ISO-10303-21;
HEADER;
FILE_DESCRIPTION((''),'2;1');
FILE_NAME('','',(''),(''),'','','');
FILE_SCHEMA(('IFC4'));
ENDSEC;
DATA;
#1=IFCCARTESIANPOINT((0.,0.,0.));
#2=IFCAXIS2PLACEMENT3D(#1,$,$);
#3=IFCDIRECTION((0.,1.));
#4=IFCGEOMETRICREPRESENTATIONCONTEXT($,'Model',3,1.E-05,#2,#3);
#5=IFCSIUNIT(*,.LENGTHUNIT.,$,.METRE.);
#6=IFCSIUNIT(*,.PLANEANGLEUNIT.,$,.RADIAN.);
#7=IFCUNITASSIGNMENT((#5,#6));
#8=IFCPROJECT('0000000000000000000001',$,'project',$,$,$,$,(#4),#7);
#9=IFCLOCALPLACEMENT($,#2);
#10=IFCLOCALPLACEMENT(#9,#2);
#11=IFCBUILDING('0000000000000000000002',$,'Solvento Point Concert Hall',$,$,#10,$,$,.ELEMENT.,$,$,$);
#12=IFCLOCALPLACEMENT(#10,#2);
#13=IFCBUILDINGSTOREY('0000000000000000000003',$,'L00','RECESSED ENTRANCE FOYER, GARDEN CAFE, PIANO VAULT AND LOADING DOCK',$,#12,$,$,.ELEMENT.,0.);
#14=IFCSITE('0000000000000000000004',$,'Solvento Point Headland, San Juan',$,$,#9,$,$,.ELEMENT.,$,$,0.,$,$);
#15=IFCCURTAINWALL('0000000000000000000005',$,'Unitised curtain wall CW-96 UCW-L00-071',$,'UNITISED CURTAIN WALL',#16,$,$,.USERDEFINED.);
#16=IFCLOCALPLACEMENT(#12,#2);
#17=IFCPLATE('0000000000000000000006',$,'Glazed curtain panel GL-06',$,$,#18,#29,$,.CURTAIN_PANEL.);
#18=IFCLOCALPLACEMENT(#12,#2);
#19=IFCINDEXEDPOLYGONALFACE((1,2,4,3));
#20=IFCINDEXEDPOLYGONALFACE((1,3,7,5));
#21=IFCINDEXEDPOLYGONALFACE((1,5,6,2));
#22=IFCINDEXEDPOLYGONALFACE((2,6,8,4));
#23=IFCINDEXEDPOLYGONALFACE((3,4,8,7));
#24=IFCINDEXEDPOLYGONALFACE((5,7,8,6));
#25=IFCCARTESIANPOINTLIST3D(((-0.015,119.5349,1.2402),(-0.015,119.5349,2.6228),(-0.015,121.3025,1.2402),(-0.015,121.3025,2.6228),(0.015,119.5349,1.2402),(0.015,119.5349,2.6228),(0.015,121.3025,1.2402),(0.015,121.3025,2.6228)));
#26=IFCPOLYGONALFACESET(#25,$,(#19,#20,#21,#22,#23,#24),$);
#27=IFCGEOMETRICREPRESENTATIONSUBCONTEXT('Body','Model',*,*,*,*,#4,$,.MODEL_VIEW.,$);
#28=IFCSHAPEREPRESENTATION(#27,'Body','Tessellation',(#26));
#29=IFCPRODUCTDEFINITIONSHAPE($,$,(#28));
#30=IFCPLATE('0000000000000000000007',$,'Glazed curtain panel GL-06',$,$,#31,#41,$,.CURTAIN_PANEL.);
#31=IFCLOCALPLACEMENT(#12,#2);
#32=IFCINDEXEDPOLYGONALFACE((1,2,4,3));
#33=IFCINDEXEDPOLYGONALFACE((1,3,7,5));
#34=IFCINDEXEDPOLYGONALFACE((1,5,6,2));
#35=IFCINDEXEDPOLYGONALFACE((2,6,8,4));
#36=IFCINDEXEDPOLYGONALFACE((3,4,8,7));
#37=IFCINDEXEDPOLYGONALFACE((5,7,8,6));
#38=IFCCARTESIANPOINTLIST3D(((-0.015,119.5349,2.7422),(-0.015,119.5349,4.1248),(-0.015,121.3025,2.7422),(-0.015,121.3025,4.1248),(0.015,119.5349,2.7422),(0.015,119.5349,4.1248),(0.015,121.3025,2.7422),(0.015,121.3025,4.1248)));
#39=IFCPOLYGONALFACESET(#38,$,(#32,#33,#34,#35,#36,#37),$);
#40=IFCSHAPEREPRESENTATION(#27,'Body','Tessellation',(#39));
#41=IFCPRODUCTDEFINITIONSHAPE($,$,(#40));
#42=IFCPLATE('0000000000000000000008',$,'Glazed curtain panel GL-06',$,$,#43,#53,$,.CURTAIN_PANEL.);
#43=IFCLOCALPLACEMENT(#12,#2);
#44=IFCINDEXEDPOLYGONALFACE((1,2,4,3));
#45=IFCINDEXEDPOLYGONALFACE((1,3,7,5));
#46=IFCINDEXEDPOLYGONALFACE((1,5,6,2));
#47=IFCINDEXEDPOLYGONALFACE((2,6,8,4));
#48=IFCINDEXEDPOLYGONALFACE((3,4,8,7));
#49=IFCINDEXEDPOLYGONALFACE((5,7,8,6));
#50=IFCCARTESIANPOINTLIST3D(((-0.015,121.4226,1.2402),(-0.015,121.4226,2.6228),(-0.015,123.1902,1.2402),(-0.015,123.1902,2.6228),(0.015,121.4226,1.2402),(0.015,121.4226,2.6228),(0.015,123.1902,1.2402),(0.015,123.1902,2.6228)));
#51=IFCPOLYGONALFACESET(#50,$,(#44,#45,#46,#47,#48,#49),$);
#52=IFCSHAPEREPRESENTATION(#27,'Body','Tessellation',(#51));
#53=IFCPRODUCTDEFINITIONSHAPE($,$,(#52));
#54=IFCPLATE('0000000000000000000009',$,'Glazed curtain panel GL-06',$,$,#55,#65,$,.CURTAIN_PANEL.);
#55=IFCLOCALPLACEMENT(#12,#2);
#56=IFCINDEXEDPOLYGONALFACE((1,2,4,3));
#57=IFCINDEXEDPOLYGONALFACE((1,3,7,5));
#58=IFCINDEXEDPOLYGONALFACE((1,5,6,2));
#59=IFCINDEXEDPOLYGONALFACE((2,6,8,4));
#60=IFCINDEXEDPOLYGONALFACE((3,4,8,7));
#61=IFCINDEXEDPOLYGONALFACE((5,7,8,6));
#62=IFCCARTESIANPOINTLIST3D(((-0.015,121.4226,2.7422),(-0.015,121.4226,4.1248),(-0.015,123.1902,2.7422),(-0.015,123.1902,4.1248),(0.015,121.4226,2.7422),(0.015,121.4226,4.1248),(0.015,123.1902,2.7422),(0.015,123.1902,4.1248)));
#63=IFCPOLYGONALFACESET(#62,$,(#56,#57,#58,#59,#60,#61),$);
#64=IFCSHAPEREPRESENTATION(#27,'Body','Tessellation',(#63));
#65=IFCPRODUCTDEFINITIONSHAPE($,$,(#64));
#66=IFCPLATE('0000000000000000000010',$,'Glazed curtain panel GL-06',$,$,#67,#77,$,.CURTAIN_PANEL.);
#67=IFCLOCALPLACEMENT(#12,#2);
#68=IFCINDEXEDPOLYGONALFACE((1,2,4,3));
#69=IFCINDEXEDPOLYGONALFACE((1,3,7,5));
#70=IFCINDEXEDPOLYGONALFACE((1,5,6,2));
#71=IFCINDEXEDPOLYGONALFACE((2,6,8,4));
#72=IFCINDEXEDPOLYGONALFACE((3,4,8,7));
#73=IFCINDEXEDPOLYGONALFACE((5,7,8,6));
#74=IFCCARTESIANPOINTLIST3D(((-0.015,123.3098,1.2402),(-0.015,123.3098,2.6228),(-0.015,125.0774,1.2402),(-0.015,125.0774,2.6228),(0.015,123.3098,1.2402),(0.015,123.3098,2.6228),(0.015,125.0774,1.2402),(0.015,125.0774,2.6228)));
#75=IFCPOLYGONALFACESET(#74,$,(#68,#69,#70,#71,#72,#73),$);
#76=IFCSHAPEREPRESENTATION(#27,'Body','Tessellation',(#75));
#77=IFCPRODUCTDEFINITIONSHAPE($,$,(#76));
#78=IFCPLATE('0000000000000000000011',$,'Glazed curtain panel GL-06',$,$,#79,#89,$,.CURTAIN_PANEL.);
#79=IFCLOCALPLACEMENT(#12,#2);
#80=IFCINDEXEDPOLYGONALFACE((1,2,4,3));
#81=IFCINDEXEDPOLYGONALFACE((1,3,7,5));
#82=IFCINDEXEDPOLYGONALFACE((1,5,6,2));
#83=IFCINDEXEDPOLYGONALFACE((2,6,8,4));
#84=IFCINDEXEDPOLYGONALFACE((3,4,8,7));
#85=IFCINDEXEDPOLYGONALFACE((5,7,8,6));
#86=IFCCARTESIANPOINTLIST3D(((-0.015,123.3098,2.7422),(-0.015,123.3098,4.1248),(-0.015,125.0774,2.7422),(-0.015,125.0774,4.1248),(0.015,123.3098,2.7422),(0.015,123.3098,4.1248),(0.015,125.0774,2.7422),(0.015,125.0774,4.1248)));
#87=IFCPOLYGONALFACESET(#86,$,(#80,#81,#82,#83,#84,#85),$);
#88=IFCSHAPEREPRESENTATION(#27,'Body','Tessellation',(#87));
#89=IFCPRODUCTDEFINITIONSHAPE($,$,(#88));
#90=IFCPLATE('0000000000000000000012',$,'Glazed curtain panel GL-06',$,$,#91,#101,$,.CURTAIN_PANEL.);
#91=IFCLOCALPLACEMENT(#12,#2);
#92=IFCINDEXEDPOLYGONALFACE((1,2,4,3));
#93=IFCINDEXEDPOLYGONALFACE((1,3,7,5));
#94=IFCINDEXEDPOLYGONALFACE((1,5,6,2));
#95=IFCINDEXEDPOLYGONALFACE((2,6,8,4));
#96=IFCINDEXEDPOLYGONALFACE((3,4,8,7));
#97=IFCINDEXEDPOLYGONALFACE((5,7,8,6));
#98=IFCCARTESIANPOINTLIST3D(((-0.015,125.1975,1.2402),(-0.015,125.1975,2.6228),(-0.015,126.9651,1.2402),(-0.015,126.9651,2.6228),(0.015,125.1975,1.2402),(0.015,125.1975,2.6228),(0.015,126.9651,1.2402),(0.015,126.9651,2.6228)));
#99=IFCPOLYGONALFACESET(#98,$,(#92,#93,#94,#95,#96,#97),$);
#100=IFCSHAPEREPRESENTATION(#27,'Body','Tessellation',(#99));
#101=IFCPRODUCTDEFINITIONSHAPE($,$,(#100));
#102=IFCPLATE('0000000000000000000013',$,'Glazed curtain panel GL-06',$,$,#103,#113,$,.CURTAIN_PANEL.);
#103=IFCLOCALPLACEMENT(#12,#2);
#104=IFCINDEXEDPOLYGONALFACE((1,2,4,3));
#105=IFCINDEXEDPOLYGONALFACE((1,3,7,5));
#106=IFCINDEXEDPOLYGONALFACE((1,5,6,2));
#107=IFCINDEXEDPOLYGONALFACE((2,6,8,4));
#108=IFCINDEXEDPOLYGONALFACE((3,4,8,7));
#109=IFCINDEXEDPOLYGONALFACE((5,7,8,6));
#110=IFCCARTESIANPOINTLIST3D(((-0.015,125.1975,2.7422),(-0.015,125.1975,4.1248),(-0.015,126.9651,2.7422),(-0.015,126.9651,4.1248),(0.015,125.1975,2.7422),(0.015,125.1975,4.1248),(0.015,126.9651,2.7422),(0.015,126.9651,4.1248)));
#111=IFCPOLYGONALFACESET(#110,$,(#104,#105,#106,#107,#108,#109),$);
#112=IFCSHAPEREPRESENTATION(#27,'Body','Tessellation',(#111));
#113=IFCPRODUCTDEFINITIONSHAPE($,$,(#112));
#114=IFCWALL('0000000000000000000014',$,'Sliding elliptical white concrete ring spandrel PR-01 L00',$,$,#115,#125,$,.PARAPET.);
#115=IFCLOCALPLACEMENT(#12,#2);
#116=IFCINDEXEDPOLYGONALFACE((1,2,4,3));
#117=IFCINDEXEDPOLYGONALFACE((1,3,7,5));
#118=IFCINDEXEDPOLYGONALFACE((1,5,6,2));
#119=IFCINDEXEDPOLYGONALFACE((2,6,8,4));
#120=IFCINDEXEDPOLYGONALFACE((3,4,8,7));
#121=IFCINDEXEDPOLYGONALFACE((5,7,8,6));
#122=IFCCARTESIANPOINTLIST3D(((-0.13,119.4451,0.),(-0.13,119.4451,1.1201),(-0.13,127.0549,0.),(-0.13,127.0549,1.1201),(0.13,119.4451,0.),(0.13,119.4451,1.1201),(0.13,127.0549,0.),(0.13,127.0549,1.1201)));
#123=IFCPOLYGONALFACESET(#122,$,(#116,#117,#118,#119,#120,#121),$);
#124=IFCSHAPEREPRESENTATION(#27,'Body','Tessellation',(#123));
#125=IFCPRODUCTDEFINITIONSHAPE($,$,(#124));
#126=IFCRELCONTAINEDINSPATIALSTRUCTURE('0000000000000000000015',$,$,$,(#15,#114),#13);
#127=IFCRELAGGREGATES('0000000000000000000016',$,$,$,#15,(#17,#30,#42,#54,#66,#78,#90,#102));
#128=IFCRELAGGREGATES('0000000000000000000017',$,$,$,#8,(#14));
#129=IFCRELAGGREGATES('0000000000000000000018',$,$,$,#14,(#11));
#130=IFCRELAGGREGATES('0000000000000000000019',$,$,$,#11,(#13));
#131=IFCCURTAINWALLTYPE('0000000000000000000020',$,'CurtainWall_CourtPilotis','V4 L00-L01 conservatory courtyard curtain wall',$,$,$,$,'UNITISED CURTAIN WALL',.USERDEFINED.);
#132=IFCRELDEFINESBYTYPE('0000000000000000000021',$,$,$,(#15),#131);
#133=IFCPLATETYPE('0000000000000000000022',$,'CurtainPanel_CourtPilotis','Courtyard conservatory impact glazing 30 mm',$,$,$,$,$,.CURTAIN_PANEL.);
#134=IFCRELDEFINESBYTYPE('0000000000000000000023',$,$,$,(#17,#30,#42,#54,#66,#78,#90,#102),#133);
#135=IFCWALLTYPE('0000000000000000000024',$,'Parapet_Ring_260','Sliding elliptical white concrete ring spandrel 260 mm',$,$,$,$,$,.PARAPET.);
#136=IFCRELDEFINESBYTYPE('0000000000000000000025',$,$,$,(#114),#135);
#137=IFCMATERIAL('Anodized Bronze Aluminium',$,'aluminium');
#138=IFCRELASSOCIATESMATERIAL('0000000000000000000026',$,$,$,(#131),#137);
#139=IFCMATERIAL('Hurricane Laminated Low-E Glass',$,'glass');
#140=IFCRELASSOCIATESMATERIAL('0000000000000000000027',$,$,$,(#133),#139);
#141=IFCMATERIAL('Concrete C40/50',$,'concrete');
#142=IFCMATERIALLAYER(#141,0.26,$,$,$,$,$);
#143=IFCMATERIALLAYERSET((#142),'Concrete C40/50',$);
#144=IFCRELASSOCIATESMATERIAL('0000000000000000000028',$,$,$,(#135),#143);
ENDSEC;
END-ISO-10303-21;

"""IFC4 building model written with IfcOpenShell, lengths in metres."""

from ifc_helpers import new_model, si_unit, direction, frame, frame_2d, origin, origin_2d, place, context, subcontext, project, spatial, rectangle, extrude, material, layer, layer_set, type_object, element, aggregate, save


model = new_model("IFC4")

# Units and contexts
model_context = context("Model", 3, precision=1e-05, world=origin(), true_north=direction((0.0, 1.0)))
body_context = subcontext(model_context, "Body", "Model", "MODEL_VIEW")
ifc_project = project(units=[si_unit("LENGTHUNIT", "METRE"), si_unit("PLANEANGLEUNIT", "RADIAN")], contexts=[model_context])

# Site, building, storey
site_placement = place(None, origin())
site = spatial("IfcSite", under=ifc_project, at=site_placement, Name="Solvento Point Headland, San Juan", CompositionType="ELEMENT", RefElevation=0.0)
building_placement = place(site_placement, origin())
building = spatial("IfcBuilding", under=site, at=building_placement, Name="Solvento Point Concert Hall", CompositionType="ELEMENT")
storey_placement = place(building_placement, origin())
storey = spatial("IfcBuildingStorey", under=building, at=storey_placement, Name="L00", Description="RECESSED ENTRANCE FOYER, GARDEN CAFE, PIANO VAULT AND LOADING DOCK", CompositionType="ELEMENT", Elevation=0.0)

# Curtain wall, plates
ifc_material_1 = material(Name="Anodized Bronze Aluminium", Category="aluminium")
curtain_wall_type = type_object("IfcCurtainWallType", Name="CurtainWall_CourtPilotis", Description="V4 L00-L01 conservatory courtyard curtain wall", ElementType="UNITISED CURTAIN WALL", PredefinedType="USERDEFINED", material=ifc_material_1)
curtain_wall_placement = place(storey_placement, origin())
curtain_wall = element("IfcCurtainWall", 1, at=curtain_wall_placement, inside=storey, type_object=curtain_wall_type, Name="Unitised curtain wall CW-96 UCW-L00-071", ObjectType="UNITISED CURTAIN WALL", PredefinedType="USERDEFINED")
ifc_material_2 = material(Name="Hurricane Laminated Low-E Glass", Category="glass")
plate_type = type_object("IfcPlateType", Name="CurtainPanel_CourtPilotis", Description="Courtyard conservatory impact glazing 30 mm", PredefinedType="CURTAIN_PANEL", material=ifc_material_2)
plate_1_placement = place(storey_placement, frame((0.0, 120.4187, 1.2402), z_axis=(0.0, 0.0, 1.0), x_axis=(0.0, 1.0, 0.0)))
plate_1 = element("IfcPlate", 2, at=plate_1_placement, type_object=plate_type, Name="Glazed curtain panel GL-06", PredefinedType="CURTAIN_PANEL", context=body_context, shape_type="SweptSolid", body=[
    extrude(rectangle(XDim=1.7676, YDim=0.03, at=origin_2d()), origin(), (0.0, 0.0, 1.0), 1.3826),
])
plate_2_placement = place(storey_placement, frame((0.0, 120.4187, 2.7422), z_axis=(0.0, 0.0, 1.0), x_axis=(0.0, 1.0, 0.0)))
plate_2 = element("IfcPlate", 3, at=plate_2_placement, type_object=plate_type, Name="Glazed curtain panel GL-06", PredefinedType="CURTAIN_PANEL", context=body_context, shape_type="SweptSolid", body=[
    extrude(rectangle(XDim=1.7676, YDim=0.03, at=origin_2d()), origin(), (0.0, 0.0, 1.0), 1.3826),
])
plate_3_placement = place(storey_placement, frame((0.0, 122.3064, 1.2402), z_axis=(0.0, 0.0, 1.0), x_axis=(0.0, 1.0, 0.0)))
plate_3 = element("IfcPlate", 4, at=plate_3_placement, type_object=plate_type, Name="Glazed curtain panel GL-06", PredefinedType="CURTAIN_PANEL", context=body_context, shape_type="SweptSolid", body=[
    extrude(rectangle(XDim=1.7676, YDim=0.03, at=origin_2d()), origin(), (0.0, 0.0, 1.0), 1.3826),
])
plate_4_placement = place(storey_placement, frame((0.0, 122.3064, 2.7422), z_axis=(0.0, 0.0, 1.0), x_axis=(0.0, 1.0, 0.0)))
plate_4 = element("IfcPlate", 5, at=plate_4_placement, type_object=plate_type, Name="Glazed curtain panel GL-06", PredefinedType="CURTAIN_PANEL", context=body_context, shape_type="SweptSolid", body=[
    extrude(rectangle(XDim=1.7676, YDim=0.03, at=origin_2d()), origin(), (0.0, 0.0, 1.0), 1.3826),
])
plate_5_placement = place(storey_placement, frame((0.0, 124.1936, 1.2402), z_axis=(0.0, 0.0, 1.0), x_axis=(0.0, 1.0, 0.0)))
plate_5 = element("IfcPlate", 6, at=plate_5_placement, type_object=plate_type, Name="Glazed curtain panel GL-06", PredefinedType="CURTAIN_PANEL", context=body_context, shape_type="SweptSolid", body=[
    extrude(rectangle(XDim=1.7676, YDim=0.03, at=origin_2d()), origin(), (0.0, 0.0, 1.0), 1.3826),
])
plate_6_placement = place(storey_placement, frame((0.0, 124.1936, 2.7422), z_axis=(0.0, 0.0, 1.0), x_axis=(0.0, 1.0, 0.0)))
plate_6 = element("IfcPlate", 7, at=plate_6_placement, type_object=plate_type, Name="Glazed curtain panel GL-06", PredefinedType="CURTAIN_PANEL", context=body_context, shape_type="SweptSolid", body=[
    extrude(rectangle(XDim=1.7676, YDim=0.03, at=origin_2d()), origin(), (0.0, 0.0, 1.0), 1.3826),
])
plate_7_placement = place(storey_placement, frame((0.0, 126.0813, 1.2402), z_axis=(0.0, 0.0, 1.0), x_axis=(0.0, 1.0, 0.0)))
plate_7 = element("IfcPlate", 8, at=plate_7_placement, type_object=plate_type, Name="Glazed curtain panel GL-06", PredefinedType="CURTAIN_PANEL", context=body_context, shape_type="SweptSolid", body=[
    extrude(rectangle(XDim=1.7676, YDim=0.03, at=origin_2d()), origin(), (0.0, 0.0, 1.0), 1.3826),
])
plate_8_placement = place(storey_placement, frame((0.0, 126.0813, 2.7422), z_axis=(0.0, 0.0, 1.0), x_axis=(0.0, 1.0, 0.0)))
plate_8 = element("IfcPlate", 9, at=plate_8_placement, type_object=plate_type, Name="Glazed curtain panel GL-06", PredefinedType="CURTAIN_PANEL", context=body_context, shape_type="SweptSolid", body=[
    extrude(rectangle(XDim=1.7676, YDim=0.03, at=origin_2d()), origin(), (0.0, 0.0, 1.0), 1.3826),
])
aggregate(curtain_wall, [plate_1, plate_2, plate_3, plate_4, plate_5, plate_6, plate_7, plate_8])

# Wall
ifc_material_3 = material(Name="Concrete C40/50", Category="concrete")
ifc_layer = layer(ifc_material_3, 0.26)
ifc_layer_set = layer_set([ifc_layer], Name="Concrete C40/50")
wall_type = type_object("IfcWallType", Name="Parapet_Ring_260", Description="Sliding elliptical white concrete ring spandrel 260 mm", PredefinedType="PARAPET", material=ifc_layer_set)
wall_placement = place(storey_placement, frame((0.0, 119.4451, 0.0), z_axis=(0.0, 0.0, 1.0), x_axis=(0.0, 1.0, 0.0)))
element("IfcWall", 10, at=wall_placement, inside=storey, type_object=wall_type, Name="Sliding elliptical white concrete ring spandrel PR-01 L00", PredefinedType="PARAPET", context=body_context, shape_type="SweptSolid", body=[
    extrude(rectangle(XDim=7.6099, YDim=0.26, at=frame_2d((3.8049, 0.0))), origin(), (0.0, 0.0, 1.0), 1.1201),
])

save(model, "model.ifc")
